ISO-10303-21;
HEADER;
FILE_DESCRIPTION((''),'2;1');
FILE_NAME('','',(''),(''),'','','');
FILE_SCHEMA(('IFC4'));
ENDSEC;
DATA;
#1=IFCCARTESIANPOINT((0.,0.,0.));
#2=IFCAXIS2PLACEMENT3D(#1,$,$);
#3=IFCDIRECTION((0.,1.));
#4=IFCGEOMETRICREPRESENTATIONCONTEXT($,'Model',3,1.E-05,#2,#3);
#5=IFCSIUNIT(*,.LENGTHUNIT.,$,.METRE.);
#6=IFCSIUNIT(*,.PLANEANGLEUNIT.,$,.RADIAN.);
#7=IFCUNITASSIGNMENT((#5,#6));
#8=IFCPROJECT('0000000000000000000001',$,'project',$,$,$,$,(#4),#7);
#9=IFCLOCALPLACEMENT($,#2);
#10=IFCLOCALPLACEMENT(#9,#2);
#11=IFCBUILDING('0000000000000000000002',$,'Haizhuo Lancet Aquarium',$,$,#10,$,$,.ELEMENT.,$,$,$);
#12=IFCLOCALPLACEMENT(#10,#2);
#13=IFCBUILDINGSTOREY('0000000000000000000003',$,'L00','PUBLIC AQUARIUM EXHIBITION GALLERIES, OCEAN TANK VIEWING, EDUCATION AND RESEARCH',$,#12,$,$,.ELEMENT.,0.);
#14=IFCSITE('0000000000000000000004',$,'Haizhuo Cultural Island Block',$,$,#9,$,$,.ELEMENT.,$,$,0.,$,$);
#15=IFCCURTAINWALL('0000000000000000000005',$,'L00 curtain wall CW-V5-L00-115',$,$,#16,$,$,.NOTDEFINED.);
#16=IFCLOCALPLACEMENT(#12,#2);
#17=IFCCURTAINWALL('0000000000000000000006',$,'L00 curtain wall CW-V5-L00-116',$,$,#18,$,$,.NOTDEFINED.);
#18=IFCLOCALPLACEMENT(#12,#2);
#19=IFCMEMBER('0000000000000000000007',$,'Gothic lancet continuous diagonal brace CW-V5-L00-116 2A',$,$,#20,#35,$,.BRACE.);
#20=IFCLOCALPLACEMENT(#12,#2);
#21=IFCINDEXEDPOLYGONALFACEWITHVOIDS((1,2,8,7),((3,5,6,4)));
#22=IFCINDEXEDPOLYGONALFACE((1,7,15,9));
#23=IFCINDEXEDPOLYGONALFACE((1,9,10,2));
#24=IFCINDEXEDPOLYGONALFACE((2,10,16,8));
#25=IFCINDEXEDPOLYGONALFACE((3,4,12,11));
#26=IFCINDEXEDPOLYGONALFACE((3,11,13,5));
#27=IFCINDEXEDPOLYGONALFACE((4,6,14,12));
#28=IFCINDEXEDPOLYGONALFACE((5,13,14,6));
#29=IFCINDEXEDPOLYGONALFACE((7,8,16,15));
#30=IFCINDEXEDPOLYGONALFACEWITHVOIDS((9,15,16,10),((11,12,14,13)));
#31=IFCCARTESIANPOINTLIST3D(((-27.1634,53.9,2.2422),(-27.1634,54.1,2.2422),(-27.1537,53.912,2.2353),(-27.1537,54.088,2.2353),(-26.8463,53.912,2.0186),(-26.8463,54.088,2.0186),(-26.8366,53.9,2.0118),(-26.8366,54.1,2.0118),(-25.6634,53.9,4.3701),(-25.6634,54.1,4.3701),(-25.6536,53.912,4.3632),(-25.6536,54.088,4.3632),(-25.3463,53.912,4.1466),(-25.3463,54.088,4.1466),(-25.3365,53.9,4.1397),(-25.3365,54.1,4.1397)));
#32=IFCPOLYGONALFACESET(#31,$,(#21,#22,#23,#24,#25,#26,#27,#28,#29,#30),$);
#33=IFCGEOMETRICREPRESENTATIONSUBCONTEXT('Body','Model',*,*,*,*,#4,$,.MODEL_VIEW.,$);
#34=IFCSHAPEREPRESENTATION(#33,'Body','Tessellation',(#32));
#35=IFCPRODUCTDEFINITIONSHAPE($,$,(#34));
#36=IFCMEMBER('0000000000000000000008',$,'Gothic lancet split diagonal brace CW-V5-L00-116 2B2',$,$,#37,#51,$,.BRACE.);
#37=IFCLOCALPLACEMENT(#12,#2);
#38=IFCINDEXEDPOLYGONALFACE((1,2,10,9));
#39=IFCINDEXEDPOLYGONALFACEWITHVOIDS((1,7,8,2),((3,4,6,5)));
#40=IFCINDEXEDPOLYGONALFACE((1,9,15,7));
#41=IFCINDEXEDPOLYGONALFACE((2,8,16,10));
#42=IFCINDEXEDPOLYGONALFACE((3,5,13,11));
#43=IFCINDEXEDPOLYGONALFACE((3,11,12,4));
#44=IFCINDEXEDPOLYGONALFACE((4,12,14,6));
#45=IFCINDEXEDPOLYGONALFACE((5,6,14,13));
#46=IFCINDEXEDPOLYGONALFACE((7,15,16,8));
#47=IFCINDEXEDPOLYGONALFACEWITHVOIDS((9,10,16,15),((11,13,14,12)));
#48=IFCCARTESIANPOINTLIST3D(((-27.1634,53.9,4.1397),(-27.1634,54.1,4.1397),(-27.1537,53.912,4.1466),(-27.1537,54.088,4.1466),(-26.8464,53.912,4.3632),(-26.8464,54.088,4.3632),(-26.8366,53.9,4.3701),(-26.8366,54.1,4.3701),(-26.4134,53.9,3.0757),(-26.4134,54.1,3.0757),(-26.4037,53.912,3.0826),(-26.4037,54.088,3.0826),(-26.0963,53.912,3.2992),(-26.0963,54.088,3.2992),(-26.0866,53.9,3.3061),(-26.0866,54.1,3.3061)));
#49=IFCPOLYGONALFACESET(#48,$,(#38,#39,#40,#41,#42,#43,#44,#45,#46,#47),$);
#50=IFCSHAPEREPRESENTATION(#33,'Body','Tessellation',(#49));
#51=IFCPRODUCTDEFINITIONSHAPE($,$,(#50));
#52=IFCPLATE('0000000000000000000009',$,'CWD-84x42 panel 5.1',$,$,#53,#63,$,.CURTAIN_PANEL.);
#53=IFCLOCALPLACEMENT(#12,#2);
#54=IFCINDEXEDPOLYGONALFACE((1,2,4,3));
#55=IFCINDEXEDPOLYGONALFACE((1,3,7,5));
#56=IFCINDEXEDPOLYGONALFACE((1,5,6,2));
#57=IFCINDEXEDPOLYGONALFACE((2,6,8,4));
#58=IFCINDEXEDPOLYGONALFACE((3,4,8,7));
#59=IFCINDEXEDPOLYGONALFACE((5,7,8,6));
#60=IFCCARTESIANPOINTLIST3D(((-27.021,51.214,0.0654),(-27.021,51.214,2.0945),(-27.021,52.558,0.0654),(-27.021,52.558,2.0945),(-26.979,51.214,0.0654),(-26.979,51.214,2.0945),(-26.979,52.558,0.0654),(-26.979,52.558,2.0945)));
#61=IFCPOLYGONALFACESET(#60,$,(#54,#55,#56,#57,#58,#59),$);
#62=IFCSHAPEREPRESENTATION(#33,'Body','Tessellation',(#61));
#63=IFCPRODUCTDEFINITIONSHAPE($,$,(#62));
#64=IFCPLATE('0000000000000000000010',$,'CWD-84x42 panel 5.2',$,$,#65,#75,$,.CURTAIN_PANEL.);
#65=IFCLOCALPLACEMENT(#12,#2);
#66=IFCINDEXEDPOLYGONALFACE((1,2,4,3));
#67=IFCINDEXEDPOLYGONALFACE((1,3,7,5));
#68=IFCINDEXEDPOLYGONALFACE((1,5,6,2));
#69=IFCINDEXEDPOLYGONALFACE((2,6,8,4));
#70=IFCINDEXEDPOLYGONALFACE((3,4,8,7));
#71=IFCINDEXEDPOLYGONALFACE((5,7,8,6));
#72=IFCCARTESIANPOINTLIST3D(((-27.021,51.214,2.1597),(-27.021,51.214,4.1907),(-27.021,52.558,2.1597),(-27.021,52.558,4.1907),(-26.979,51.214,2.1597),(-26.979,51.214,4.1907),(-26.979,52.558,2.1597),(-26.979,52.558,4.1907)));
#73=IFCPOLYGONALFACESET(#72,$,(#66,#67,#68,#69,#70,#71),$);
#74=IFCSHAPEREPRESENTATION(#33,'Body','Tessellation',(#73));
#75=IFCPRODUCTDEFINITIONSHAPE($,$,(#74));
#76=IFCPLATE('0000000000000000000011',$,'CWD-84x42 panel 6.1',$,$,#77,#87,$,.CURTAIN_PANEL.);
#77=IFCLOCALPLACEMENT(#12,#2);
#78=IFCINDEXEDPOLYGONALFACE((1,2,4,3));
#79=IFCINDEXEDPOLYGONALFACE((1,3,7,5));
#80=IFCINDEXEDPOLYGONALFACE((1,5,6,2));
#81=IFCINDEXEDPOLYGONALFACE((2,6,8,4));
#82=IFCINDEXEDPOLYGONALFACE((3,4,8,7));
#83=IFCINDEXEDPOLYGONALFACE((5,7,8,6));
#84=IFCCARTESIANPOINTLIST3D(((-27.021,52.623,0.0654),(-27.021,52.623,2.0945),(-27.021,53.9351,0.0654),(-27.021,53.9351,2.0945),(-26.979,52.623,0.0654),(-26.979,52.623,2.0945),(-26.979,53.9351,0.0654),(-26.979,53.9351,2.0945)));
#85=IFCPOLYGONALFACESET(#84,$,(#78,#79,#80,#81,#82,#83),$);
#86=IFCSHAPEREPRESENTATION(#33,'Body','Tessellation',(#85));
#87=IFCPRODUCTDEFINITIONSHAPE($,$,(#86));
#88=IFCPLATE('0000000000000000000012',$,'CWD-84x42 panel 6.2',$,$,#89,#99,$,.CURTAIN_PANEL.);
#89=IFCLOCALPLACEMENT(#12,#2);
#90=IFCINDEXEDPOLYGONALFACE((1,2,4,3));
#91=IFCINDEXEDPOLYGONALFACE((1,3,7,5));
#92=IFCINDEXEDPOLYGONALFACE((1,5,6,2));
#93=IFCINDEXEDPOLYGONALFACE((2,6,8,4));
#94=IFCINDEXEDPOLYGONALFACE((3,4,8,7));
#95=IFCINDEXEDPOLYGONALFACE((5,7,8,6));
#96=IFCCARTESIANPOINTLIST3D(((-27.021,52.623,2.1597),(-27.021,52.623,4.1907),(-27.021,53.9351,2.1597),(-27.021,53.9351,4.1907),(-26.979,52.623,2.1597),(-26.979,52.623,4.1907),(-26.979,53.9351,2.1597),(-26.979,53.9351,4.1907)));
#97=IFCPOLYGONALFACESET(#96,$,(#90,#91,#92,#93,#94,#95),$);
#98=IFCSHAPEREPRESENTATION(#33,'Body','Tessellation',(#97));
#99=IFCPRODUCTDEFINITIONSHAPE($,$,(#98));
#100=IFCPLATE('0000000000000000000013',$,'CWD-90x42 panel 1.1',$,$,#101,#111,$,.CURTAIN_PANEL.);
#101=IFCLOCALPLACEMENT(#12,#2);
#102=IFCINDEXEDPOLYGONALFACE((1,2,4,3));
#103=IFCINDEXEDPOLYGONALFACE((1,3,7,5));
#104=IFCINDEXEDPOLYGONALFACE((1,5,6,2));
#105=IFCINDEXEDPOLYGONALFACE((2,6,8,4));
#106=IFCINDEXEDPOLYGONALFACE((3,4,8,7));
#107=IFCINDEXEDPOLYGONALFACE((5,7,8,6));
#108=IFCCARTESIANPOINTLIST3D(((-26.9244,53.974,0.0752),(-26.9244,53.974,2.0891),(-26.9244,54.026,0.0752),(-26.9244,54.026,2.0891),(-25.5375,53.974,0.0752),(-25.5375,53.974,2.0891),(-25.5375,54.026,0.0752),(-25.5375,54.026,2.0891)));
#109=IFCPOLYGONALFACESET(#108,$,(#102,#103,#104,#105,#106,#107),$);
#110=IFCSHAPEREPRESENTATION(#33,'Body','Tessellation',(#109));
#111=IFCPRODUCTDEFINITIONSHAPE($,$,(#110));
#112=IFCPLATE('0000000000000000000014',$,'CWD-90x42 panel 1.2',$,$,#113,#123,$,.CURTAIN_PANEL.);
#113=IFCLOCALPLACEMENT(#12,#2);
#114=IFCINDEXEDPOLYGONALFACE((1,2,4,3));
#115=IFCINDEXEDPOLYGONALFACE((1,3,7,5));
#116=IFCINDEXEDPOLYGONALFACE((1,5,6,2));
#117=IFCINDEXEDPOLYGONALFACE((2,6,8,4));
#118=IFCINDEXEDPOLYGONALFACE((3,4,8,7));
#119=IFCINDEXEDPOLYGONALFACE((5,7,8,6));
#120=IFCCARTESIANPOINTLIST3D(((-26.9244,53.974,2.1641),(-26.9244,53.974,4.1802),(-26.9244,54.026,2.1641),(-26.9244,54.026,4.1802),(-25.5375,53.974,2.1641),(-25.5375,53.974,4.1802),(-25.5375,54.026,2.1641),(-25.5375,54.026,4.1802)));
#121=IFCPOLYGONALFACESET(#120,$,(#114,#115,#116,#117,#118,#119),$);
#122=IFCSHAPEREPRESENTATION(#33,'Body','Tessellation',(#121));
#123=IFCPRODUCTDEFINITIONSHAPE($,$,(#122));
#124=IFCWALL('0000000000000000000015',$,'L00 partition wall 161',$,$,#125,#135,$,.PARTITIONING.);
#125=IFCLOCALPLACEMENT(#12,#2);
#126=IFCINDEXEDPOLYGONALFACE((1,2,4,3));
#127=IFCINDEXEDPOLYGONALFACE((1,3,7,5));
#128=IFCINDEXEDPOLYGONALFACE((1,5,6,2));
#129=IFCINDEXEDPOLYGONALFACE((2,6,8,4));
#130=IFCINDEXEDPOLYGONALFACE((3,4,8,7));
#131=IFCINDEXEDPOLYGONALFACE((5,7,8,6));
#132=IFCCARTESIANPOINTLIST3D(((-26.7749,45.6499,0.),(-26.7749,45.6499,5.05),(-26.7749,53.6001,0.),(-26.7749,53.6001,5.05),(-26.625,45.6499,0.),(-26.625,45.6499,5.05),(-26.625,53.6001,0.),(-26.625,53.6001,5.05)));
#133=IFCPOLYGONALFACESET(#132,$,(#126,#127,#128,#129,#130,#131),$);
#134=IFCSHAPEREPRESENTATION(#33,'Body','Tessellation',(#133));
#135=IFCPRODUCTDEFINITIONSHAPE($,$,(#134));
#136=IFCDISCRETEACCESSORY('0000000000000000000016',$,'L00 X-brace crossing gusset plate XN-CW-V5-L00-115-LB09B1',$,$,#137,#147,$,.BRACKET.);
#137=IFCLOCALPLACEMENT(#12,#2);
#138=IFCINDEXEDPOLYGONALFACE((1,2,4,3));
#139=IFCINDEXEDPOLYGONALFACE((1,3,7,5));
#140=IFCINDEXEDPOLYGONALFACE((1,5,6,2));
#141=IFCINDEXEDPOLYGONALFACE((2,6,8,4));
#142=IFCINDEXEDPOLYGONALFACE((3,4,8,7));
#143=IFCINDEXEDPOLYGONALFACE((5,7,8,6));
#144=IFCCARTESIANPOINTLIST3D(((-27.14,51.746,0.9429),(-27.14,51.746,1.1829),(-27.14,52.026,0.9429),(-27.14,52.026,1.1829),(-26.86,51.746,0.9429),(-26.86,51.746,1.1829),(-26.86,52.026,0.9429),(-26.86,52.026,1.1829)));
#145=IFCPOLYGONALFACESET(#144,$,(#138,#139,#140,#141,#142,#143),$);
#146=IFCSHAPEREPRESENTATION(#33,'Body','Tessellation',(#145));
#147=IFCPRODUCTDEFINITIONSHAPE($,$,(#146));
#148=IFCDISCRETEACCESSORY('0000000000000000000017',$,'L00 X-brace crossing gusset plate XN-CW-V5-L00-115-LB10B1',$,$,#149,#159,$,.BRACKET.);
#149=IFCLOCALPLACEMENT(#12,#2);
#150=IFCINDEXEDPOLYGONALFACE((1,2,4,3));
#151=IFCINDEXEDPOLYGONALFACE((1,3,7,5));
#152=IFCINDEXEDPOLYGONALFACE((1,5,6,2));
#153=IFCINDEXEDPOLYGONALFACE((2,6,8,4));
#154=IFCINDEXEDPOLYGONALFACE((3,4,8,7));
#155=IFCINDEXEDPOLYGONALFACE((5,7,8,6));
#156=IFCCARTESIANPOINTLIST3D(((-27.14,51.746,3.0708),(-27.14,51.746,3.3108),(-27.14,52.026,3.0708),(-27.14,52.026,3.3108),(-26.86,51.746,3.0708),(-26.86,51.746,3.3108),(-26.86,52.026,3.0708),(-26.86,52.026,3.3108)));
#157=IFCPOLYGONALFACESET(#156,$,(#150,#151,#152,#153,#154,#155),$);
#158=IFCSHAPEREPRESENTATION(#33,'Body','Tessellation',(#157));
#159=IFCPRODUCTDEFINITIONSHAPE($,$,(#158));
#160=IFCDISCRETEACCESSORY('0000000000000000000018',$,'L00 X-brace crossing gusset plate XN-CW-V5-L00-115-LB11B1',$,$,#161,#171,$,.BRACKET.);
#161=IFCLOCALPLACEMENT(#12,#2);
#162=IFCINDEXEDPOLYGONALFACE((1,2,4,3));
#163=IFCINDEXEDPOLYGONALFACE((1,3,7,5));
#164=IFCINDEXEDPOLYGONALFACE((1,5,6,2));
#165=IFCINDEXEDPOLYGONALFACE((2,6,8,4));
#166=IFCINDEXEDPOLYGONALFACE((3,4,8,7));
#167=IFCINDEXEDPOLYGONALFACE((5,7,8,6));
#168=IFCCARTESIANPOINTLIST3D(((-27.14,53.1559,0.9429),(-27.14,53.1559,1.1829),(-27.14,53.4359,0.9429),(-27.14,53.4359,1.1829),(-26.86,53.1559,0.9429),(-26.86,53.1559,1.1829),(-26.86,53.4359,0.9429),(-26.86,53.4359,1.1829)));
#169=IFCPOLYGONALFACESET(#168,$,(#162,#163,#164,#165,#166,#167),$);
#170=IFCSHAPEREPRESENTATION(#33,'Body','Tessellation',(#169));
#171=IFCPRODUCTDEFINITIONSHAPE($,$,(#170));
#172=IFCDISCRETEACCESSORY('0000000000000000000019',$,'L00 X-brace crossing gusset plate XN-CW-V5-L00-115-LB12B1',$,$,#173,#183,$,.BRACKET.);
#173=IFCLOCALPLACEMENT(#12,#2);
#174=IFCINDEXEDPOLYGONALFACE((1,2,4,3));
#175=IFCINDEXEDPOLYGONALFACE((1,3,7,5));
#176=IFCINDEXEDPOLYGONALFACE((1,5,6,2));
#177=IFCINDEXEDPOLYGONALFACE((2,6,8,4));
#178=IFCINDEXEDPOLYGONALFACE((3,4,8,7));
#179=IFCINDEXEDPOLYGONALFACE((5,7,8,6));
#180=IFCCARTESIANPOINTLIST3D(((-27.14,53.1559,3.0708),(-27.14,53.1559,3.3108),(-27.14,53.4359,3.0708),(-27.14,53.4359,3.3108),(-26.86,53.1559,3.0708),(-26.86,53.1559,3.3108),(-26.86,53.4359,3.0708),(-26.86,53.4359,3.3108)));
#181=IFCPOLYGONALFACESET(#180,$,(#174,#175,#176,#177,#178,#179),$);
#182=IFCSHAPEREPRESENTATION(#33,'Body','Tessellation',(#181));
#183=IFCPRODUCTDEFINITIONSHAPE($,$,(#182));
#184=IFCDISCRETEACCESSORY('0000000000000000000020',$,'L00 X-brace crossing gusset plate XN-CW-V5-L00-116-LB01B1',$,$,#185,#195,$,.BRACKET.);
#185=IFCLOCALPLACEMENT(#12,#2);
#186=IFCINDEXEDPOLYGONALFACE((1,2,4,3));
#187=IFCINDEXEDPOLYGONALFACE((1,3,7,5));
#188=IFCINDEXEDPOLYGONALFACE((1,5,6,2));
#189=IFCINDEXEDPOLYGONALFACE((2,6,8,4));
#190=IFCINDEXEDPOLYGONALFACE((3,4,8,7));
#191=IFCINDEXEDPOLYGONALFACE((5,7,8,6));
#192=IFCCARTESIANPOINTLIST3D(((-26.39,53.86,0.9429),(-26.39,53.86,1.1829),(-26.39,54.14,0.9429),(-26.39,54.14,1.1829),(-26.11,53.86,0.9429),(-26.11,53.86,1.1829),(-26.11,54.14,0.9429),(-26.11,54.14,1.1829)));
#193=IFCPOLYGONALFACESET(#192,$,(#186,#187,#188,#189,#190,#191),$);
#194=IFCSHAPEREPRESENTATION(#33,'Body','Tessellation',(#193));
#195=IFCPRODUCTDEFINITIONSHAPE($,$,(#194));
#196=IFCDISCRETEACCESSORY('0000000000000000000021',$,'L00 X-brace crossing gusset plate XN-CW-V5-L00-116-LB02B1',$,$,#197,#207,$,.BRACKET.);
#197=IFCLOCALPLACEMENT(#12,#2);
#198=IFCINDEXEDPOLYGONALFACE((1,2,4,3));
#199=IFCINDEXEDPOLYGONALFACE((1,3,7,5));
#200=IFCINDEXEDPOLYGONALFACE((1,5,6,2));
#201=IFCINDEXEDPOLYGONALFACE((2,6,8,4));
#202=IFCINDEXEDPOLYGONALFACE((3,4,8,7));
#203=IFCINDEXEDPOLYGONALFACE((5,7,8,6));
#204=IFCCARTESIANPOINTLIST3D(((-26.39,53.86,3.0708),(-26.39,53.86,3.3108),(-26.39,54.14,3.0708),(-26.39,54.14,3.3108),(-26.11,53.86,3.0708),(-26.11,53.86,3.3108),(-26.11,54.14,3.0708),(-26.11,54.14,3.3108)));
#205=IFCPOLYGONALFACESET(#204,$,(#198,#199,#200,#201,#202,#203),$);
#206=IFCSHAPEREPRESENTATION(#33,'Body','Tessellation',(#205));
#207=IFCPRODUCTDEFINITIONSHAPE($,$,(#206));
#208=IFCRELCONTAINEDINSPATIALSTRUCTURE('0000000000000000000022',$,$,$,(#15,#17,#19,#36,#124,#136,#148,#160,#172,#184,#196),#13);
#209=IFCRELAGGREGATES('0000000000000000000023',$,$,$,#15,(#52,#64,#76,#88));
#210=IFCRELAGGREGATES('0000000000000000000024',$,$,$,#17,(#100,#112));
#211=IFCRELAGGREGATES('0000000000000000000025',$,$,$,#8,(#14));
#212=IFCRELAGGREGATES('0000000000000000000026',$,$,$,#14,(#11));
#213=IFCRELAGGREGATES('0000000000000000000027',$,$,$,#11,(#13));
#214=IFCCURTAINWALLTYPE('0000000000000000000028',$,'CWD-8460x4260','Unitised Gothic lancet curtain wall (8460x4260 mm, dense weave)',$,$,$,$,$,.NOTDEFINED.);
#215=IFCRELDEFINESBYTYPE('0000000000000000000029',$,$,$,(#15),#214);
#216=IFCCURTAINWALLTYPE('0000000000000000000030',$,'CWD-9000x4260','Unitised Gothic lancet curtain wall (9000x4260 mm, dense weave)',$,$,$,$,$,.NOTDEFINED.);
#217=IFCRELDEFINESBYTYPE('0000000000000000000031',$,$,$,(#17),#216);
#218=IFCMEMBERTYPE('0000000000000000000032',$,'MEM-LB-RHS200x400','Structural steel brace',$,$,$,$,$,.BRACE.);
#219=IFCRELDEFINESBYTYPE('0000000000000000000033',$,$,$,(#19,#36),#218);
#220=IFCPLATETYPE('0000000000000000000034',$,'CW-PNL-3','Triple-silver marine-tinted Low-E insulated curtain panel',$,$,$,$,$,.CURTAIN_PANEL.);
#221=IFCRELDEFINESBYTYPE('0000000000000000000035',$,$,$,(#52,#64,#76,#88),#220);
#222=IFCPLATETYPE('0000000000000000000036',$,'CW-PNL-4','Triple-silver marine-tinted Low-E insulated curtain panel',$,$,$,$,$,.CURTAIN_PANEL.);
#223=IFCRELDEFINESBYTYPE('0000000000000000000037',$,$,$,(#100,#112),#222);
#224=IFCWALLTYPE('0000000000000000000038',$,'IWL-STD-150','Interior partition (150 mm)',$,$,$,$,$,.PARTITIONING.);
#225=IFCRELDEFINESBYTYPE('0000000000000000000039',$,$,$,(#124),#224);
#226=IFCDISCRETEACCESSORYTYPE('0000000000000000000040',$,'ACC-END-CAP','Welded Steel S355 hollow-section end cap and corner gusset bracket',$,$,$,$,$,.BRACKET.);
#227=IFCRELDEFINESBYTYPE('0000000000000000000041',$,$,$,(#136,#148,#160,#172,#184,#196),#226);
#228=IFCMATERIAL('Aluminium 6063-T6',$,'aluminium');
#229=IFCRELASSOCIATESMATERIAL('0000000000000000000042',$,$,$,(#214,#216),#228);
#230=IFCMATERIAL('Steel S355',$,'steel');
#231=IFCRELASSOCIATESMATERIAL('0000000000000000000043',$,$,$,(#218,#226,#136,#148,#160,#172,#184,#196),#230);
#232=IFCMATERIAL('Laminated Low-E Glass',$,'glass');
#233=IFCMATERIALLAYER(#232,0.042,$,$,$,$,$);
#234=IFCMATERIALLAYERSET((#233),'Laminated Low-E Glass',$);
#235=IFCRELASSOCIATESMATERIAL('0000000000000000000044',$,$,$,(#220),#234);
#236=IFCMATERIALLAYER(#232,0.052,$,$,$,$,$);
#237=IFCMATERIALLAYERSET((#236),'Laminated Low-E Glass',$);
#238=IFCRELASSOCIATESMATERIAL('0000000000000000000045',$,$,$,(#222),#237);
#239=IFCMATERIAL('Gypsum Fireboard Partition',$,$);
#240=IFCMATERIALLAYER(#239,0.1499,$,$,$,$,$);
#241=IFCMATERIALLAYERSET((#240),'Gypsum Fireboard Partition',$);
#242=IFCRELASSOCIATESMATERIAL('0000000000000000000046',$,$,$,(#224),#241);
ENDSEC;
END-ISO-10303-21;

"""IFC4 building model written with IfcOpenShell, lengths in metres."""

from ifc_helpers import new_model, si_unit, direction, frame, frame_2d, origin, origin_2d, place, context, subcontext, project, spatial, rectangle, hollow_rectangle, extrude, material, layer, layer_set, material_profile, profile_set, type_object, element, aggregate, save


model = new_model("IFC4")

# Units and contexts
model_context = context("Model", 3, precision=1e-05, world=origin(), true_north=direction((0.0, 1.0)))
body_context = subcontext(model_context, "Body", "Model", "MODEL_VIEW")
ifc_project = project(units=[si_unit("LENGTHUNIT", "METRE"), si_unit("PLANEANGLEUNIT", "RADIAN")], contexts=[model_context])

# Site, building, storey
site_placement = place(None, origin())
site = spatial("IfcSite", under=ifc_project, at=site_placement, Name="Haizhuo Cultural Island Block", CompositionType="ELEMENT", RefElevation=0.0)
building_placement = place(site_placement, origin())
building = spatial("IfcBuilding", under=site, at=building_placement, Name="Haizhuo Lancet Aquarium", CompositionType="ELEMENT")
storey_placement = place(building_placement, origin())
storey = spatial("IfcBuildingStorey", under=building, at=storey_placement, Name="L00", Description="PUBLIC AQUARIUM EXHIBITION GALLERIES, OCEAN TANK VIEWING, EDUCATION AND RESEARCH", CompositionType="ELEMENT", Elevation=0.0)

# Curtain wall
ifc_material_1 = material(Name="Aluminium 6063-T6", Category="aluminium")
curtain_wall_type_1 = type_object("IfcCurtainWallType", Name="CWD-8460x4260", Description="Unitised Gothic lancet curtain wall (8460x4260 mm, dense weave)", PredefinedType="NOTDEFINED", material=ifc_material_1)
curtain_wall_1_placement = place(storey_placement, origin())
curtain_wall_1 = element("IfcCurtainWall", 1, at=curtain_wall_1_placement, inside=storey, type_object=curtain_wall_type_1, Name="L00 curtain wall CW-V5-L00-115", PredefinedType="NOTDEFINED")

# Curtain wall
curtain_wall_type_2 = type_object("IfcCurtainWallType", Name="CWD-9000x4260", Description="Unitised Gothic lancet curtain wall (9000x4260 mm, dense weave)", PredefinedType="NOTDEFINED", material=ifc_material_1)
curtain_wall_2_placement = place(storey_placement, origin())
curtain_wall_2 = element("IfcCurtainWall", 2, at=curtain_wall_2_placement, inside=storey, type_object=curtain_wall_type_2, Name="L00 curtain wall CW-V5-L00-116", PredefinedType="NOTDEFINED")

# Members
ifc_material_2 = material(Name="Steel S355", Category="steel")
ifc_material_profile_1 = material_profile(ifc_material_2, hollow_rectangle(XDim=0.2, YDim=0.3999, WallThickness=0.012, at=origin_2d()), Name="RHS 200x400x12")
ifc_profile_set_1 = profile_set([ifc_material_profile_1], Name="Steel S355")
member_type_1 = type_object("IfcMemberType", Name="MEM-LB-RHS200x400", Description="Structural steel brace", PredefinedType="BRACE", material=ifc_profile_set_1)
member_1_placement = place(storey_placement, frame((-27.0, 54.0, 2.127), z_axis=(0.576153, 0.0, 0.817342), x_axis=(0.0, 1.0, 0.0)))
element("IfcMember", 3, at=member_1_placement, inside=storey, type_object=member_type_1, Name="Gothic lancet continuous diagonal brace CW-V5-L00-116 2A", PredefinedType="BRACE", context=body_context, shape_type="SweptSolid", body=[
    extrude(hollow_rectangle(XDim=0.2, YDim=0.3999, WallThickness=0.012, at=origin_2d()), origin(), (0.0, 0.0, 1.0), 2.6035),
])
member_2_placement = place(storey_placement, frame((-26.25, 54.0, 3.1909), z_axis=(-0.576153, 0.0, 0.817342), x_axis=(0.0, -1.0, 0.0)))
element("IfcMember", 4, at=member_2_placement, inside=storey, type_object=member_type_1, Name="Gothic lancet split diagonal brace CW-V5-L00-116 2B2", PredefinedType="BRACE", context=body_context, shape_type="SweptSolid", body=[
    extrude(hollow_rectangle(XDim=0.2, YDim=0.3999, WallThickness=0.012, at=origin_2d()), origin(), (0.0, 0.0, 1.0), 1.3018),
])

# Plates
ifc_material_3 = material(Name="Laminated Low-E Glass", Category="glass")
ifc_layer_1 = layer(ifc_material_3, 0.042)
ifc_layer_set_1 = layer_set([ifc_layer_1], Name="Laminated Low-E Glass")
plate_type_1 = type_object("IfcPlateType", Name="CW-PNL-3", Description="Triple-silver marine-tinted Low-E insulated curtain panel", PredefinedType="CURTAIN_PANEL", material=ifc_layer_set_1)
plate_1_placement = place(storey_placement, frame((-27.0, 51.886, 0.0654), z_axis=(0.0, 0.0, 1.0), x_axis=(0.0, 1.0, 0.0)))
plate_1 = element("IfcPlate", 5, at=plate_1_placement, type_object=plate_type_1, Name="CWD-84x42 panel 5.1", PredefinedType="CURTAIN_PANEL", context=body_context, shape_type="SweptSolid", body=[
    extrude(rectangle(XDim=1.344, YDim=0.042, at=origin_2d()), origin(), (0.0, 0.0, 1.0), 2.0291),
])
plate_2_placement = place(storey_placement, frame((-27.0, 51.886, 2.1597), z_axis=(0.0, 0.0, 1.0), x_axis=(0.0, 1.0, 0.0)))
plate_2 = element("IfcPlate", 6, at=plate_2_placement, type_object=plate_type_1, Name="CWD-84x42 panel 5.2", PredefinedType="CURTAIN_PANEL", context=body_context, shape_type="SweptSolid", body=[
    extrude(rectangle(XDim=1.344, YDim=0.042, at=origin_2d()), origin(), (0.0, 0.0, 1.0), 2.031),
])
plate_3_placement = place(storey_placement, frame((-27.0, 53.2791, 0.0654), z_axis=(0.0, 0.0, 1.0), x_axis=(0.0, 1.0, 0.0)))
plate_3 = element("IfcPlate", 7, at=plate_3_placement, type_object=plate_type_1, Name="CWD-84x42 panel 6.1", PredefinedType="CURTAIN_PANEL", context=body_context, shape_type="SweptSolid", body=[
    extrude(rectangle(XDim=1.312, YDim=0.042, at=origin_2d()), origin(), (0.0, 0.0, 1.0), 2.0291),
])
plate_4_placement = place(storey_placement, frame((-27.0, 53.2791, 2.1597), z_axis=(0.0, 0.0, 1.0), x_axis=(0.0, 1.0, 0.0)))
plate_4 = element("IfcPlate", 8, at=plate_4_placement, type_object=plate_type_1, Name="CWD-84x42 panel 6.2", PredefinedType="CURTAIN_PANEL", context=body_context, shape_type="SweptSolid", body=[
    extrude(rectangle(XDim=1.312, YDim=0.042, at=origin_2d()), origin(), (0.0, 0.0, 1.0), 2.031),
])
aggregate(curtain_wall_1, [plate_1, plate_2, plate_3, plate_4])
ifc_layer_2 = layer(ifc_material_3, 0.052)
ifc_layer_set_2 = layer_set([ifc_layer_2], Name="Laminated Low-E Glass")
plate_type_2 = type_object("IfcPlateType", Name="CW-PNL-4", Description="Triple-silver marine-tinted Low-E insulated curtain panel", PredefinedType="CURTAIN_PANEL", material=ifc_layer_set_2)
plate_5_placement = place(storey_placement, frame((-26.231, 54.0, 0.0752), z_axis=(0.0, 0.0, 1.0), x_axis=(1.0, 0.0, 0.0)))
plate_5 = element("IfcPlate", 9, at=plate_5_placement, type_object=plate_type_2, Name="CWD-90x42 panel 1.1", PredefinedType="CURTAIN_PANEL", context=body_context, shape_type="SweptSolid", body=[
    extrude(rectangle(XDim=1.387, YDim=0.052, at=origin_2d()), origin(), (0.0, 0.0, 1.0), 2.0139),
])
plate_6_placement = place(storey_placement, frame((-26.231, 54.0, 2.1641), z_axis=(0.0, 0.0, 1.0), x_axis=(1.0, 0.0, 0.0)))
plate_6 = element("IfcPlate", 10, at=plate_6_placement, type_object=plate_type_2, Name="CWD-90x42 panel 1.2", PredefinedType="CURTAIN_PANEL", context=body_context, shape_type="SweptSolid", body=[
    extrude(rectangle(XDim=1.387, YDim=0.052, at=origin_2d()), origin(), (0.0, 0.0, 1.0), 2.0161),
])
aggregate(curtain_wall_2, [plate_5, plate_6])

# Wall
ifc_material_4 = material(Name="Gypsum Fireboard Partition")
ifc_layer_3 = layer(ifc_material_4, 0.1499)
ifc_layer_set_3 = layer_set([ifc_layer_3], Name="Gypsum Fireboard Partition")
wall_type = type_object("IfcWallType", Name="IWL-STD-150", Description="Interior partition (150 mm)", PredefinedType="PARTITIONING", material=ifc_layer_set_3)
wall_placement = place(storey_placement, frame((-26.7, 53.6001, 0.0), z_axis=(0.0, 0.0, 1.0), x_axis=(0.0, -1.0, 0.0)))
element("IfcWall", 11, at=wall_placement, inside=storey, type_object=wall_type, Name="L00 partition wall 161", PredefinedType="PARTITIONING", context=body_context, shape_type="SweptSolid", body=[
    extrude(rectangle(XDim=7.9502, YDim=0.1499, at=frame_2d((3.9751, 0.0))), origin(), (0.0, 0.0, 1.0), 5.05),
])

# Discrete accessories
discrete_accessory_type = type_object("IfcDiscreteAccessoryType", Name="ACC-END-CAP", Description="Welded Steel S355 hollow-section end cap and corner gusset bracket", PredefinedType="BRACKET", material=ifc_material_2)
for number, where, z_axis, x_axis, name in (
    (12, (-27.0, 51.886, 0.9429), (0.0, 0.0, 1.0), (1.0, 0.0, 0.0), "L00 X-brace crossing gusset plate XN-CW-V5-L00-115-LB09B1"),
    (13, (-27.0, 51.886, 3.0708), (0.0, 0.0, 1.0), (1.0, 0.0, 0.0), "L00 X-brace crossing gusset plate XN-CW-V5-L00-115-LB10B1"),
    (14, (-27.0, 53.2959, 0.9429), (0.0, 0.0, 1.0), (1.0, 0.0, 0.0), "L00 X-brace crossing gusset plate XN-CW-V5-L00-115-LB11B1"),
    (15, (-27.0, 53.2959, 3.0708), (0.0, 0.0, 1.0), (1.0, 0.0, 0.0), "L00 X-brace crossing gusset plate XN-CW-V5-L00-115-LB12B1"),
    (16, (-26.25, 54.0, 0.9429), (0.0, 0.0, 1.0), (1.0, 0.0, 0.0), "L00 X-brace crossing gusset plate XN-CW-V5-L00-116-LB01B1"),
    (17, (-26.25, 54.0, 3.0708), (0.0, 0.0, 1.0), (1.0, 0.0, 0.0), "L00 X-brace crossing gusset plate XN-CW-V5-L00-116-LB02B1"),
):
    element("IfcDiscreteAccessory", number, at=place(storey_placement, frame(where, z_axis=z_axis, x_axis=x_axis)), inside=storey, type_object=discrete_accessory_type, material=ifc_material_2, Name=name, PredefinedType="BRACKET", context=body_context, shape_type="SweptSolid", body=[
        extrude(rectangle(XDim=0.28, YDim=0.28, at=origin_2d()), origin(), (0.0, 0.0, 1.0), 0.24),
    ])

save(model, "model.ifc")
